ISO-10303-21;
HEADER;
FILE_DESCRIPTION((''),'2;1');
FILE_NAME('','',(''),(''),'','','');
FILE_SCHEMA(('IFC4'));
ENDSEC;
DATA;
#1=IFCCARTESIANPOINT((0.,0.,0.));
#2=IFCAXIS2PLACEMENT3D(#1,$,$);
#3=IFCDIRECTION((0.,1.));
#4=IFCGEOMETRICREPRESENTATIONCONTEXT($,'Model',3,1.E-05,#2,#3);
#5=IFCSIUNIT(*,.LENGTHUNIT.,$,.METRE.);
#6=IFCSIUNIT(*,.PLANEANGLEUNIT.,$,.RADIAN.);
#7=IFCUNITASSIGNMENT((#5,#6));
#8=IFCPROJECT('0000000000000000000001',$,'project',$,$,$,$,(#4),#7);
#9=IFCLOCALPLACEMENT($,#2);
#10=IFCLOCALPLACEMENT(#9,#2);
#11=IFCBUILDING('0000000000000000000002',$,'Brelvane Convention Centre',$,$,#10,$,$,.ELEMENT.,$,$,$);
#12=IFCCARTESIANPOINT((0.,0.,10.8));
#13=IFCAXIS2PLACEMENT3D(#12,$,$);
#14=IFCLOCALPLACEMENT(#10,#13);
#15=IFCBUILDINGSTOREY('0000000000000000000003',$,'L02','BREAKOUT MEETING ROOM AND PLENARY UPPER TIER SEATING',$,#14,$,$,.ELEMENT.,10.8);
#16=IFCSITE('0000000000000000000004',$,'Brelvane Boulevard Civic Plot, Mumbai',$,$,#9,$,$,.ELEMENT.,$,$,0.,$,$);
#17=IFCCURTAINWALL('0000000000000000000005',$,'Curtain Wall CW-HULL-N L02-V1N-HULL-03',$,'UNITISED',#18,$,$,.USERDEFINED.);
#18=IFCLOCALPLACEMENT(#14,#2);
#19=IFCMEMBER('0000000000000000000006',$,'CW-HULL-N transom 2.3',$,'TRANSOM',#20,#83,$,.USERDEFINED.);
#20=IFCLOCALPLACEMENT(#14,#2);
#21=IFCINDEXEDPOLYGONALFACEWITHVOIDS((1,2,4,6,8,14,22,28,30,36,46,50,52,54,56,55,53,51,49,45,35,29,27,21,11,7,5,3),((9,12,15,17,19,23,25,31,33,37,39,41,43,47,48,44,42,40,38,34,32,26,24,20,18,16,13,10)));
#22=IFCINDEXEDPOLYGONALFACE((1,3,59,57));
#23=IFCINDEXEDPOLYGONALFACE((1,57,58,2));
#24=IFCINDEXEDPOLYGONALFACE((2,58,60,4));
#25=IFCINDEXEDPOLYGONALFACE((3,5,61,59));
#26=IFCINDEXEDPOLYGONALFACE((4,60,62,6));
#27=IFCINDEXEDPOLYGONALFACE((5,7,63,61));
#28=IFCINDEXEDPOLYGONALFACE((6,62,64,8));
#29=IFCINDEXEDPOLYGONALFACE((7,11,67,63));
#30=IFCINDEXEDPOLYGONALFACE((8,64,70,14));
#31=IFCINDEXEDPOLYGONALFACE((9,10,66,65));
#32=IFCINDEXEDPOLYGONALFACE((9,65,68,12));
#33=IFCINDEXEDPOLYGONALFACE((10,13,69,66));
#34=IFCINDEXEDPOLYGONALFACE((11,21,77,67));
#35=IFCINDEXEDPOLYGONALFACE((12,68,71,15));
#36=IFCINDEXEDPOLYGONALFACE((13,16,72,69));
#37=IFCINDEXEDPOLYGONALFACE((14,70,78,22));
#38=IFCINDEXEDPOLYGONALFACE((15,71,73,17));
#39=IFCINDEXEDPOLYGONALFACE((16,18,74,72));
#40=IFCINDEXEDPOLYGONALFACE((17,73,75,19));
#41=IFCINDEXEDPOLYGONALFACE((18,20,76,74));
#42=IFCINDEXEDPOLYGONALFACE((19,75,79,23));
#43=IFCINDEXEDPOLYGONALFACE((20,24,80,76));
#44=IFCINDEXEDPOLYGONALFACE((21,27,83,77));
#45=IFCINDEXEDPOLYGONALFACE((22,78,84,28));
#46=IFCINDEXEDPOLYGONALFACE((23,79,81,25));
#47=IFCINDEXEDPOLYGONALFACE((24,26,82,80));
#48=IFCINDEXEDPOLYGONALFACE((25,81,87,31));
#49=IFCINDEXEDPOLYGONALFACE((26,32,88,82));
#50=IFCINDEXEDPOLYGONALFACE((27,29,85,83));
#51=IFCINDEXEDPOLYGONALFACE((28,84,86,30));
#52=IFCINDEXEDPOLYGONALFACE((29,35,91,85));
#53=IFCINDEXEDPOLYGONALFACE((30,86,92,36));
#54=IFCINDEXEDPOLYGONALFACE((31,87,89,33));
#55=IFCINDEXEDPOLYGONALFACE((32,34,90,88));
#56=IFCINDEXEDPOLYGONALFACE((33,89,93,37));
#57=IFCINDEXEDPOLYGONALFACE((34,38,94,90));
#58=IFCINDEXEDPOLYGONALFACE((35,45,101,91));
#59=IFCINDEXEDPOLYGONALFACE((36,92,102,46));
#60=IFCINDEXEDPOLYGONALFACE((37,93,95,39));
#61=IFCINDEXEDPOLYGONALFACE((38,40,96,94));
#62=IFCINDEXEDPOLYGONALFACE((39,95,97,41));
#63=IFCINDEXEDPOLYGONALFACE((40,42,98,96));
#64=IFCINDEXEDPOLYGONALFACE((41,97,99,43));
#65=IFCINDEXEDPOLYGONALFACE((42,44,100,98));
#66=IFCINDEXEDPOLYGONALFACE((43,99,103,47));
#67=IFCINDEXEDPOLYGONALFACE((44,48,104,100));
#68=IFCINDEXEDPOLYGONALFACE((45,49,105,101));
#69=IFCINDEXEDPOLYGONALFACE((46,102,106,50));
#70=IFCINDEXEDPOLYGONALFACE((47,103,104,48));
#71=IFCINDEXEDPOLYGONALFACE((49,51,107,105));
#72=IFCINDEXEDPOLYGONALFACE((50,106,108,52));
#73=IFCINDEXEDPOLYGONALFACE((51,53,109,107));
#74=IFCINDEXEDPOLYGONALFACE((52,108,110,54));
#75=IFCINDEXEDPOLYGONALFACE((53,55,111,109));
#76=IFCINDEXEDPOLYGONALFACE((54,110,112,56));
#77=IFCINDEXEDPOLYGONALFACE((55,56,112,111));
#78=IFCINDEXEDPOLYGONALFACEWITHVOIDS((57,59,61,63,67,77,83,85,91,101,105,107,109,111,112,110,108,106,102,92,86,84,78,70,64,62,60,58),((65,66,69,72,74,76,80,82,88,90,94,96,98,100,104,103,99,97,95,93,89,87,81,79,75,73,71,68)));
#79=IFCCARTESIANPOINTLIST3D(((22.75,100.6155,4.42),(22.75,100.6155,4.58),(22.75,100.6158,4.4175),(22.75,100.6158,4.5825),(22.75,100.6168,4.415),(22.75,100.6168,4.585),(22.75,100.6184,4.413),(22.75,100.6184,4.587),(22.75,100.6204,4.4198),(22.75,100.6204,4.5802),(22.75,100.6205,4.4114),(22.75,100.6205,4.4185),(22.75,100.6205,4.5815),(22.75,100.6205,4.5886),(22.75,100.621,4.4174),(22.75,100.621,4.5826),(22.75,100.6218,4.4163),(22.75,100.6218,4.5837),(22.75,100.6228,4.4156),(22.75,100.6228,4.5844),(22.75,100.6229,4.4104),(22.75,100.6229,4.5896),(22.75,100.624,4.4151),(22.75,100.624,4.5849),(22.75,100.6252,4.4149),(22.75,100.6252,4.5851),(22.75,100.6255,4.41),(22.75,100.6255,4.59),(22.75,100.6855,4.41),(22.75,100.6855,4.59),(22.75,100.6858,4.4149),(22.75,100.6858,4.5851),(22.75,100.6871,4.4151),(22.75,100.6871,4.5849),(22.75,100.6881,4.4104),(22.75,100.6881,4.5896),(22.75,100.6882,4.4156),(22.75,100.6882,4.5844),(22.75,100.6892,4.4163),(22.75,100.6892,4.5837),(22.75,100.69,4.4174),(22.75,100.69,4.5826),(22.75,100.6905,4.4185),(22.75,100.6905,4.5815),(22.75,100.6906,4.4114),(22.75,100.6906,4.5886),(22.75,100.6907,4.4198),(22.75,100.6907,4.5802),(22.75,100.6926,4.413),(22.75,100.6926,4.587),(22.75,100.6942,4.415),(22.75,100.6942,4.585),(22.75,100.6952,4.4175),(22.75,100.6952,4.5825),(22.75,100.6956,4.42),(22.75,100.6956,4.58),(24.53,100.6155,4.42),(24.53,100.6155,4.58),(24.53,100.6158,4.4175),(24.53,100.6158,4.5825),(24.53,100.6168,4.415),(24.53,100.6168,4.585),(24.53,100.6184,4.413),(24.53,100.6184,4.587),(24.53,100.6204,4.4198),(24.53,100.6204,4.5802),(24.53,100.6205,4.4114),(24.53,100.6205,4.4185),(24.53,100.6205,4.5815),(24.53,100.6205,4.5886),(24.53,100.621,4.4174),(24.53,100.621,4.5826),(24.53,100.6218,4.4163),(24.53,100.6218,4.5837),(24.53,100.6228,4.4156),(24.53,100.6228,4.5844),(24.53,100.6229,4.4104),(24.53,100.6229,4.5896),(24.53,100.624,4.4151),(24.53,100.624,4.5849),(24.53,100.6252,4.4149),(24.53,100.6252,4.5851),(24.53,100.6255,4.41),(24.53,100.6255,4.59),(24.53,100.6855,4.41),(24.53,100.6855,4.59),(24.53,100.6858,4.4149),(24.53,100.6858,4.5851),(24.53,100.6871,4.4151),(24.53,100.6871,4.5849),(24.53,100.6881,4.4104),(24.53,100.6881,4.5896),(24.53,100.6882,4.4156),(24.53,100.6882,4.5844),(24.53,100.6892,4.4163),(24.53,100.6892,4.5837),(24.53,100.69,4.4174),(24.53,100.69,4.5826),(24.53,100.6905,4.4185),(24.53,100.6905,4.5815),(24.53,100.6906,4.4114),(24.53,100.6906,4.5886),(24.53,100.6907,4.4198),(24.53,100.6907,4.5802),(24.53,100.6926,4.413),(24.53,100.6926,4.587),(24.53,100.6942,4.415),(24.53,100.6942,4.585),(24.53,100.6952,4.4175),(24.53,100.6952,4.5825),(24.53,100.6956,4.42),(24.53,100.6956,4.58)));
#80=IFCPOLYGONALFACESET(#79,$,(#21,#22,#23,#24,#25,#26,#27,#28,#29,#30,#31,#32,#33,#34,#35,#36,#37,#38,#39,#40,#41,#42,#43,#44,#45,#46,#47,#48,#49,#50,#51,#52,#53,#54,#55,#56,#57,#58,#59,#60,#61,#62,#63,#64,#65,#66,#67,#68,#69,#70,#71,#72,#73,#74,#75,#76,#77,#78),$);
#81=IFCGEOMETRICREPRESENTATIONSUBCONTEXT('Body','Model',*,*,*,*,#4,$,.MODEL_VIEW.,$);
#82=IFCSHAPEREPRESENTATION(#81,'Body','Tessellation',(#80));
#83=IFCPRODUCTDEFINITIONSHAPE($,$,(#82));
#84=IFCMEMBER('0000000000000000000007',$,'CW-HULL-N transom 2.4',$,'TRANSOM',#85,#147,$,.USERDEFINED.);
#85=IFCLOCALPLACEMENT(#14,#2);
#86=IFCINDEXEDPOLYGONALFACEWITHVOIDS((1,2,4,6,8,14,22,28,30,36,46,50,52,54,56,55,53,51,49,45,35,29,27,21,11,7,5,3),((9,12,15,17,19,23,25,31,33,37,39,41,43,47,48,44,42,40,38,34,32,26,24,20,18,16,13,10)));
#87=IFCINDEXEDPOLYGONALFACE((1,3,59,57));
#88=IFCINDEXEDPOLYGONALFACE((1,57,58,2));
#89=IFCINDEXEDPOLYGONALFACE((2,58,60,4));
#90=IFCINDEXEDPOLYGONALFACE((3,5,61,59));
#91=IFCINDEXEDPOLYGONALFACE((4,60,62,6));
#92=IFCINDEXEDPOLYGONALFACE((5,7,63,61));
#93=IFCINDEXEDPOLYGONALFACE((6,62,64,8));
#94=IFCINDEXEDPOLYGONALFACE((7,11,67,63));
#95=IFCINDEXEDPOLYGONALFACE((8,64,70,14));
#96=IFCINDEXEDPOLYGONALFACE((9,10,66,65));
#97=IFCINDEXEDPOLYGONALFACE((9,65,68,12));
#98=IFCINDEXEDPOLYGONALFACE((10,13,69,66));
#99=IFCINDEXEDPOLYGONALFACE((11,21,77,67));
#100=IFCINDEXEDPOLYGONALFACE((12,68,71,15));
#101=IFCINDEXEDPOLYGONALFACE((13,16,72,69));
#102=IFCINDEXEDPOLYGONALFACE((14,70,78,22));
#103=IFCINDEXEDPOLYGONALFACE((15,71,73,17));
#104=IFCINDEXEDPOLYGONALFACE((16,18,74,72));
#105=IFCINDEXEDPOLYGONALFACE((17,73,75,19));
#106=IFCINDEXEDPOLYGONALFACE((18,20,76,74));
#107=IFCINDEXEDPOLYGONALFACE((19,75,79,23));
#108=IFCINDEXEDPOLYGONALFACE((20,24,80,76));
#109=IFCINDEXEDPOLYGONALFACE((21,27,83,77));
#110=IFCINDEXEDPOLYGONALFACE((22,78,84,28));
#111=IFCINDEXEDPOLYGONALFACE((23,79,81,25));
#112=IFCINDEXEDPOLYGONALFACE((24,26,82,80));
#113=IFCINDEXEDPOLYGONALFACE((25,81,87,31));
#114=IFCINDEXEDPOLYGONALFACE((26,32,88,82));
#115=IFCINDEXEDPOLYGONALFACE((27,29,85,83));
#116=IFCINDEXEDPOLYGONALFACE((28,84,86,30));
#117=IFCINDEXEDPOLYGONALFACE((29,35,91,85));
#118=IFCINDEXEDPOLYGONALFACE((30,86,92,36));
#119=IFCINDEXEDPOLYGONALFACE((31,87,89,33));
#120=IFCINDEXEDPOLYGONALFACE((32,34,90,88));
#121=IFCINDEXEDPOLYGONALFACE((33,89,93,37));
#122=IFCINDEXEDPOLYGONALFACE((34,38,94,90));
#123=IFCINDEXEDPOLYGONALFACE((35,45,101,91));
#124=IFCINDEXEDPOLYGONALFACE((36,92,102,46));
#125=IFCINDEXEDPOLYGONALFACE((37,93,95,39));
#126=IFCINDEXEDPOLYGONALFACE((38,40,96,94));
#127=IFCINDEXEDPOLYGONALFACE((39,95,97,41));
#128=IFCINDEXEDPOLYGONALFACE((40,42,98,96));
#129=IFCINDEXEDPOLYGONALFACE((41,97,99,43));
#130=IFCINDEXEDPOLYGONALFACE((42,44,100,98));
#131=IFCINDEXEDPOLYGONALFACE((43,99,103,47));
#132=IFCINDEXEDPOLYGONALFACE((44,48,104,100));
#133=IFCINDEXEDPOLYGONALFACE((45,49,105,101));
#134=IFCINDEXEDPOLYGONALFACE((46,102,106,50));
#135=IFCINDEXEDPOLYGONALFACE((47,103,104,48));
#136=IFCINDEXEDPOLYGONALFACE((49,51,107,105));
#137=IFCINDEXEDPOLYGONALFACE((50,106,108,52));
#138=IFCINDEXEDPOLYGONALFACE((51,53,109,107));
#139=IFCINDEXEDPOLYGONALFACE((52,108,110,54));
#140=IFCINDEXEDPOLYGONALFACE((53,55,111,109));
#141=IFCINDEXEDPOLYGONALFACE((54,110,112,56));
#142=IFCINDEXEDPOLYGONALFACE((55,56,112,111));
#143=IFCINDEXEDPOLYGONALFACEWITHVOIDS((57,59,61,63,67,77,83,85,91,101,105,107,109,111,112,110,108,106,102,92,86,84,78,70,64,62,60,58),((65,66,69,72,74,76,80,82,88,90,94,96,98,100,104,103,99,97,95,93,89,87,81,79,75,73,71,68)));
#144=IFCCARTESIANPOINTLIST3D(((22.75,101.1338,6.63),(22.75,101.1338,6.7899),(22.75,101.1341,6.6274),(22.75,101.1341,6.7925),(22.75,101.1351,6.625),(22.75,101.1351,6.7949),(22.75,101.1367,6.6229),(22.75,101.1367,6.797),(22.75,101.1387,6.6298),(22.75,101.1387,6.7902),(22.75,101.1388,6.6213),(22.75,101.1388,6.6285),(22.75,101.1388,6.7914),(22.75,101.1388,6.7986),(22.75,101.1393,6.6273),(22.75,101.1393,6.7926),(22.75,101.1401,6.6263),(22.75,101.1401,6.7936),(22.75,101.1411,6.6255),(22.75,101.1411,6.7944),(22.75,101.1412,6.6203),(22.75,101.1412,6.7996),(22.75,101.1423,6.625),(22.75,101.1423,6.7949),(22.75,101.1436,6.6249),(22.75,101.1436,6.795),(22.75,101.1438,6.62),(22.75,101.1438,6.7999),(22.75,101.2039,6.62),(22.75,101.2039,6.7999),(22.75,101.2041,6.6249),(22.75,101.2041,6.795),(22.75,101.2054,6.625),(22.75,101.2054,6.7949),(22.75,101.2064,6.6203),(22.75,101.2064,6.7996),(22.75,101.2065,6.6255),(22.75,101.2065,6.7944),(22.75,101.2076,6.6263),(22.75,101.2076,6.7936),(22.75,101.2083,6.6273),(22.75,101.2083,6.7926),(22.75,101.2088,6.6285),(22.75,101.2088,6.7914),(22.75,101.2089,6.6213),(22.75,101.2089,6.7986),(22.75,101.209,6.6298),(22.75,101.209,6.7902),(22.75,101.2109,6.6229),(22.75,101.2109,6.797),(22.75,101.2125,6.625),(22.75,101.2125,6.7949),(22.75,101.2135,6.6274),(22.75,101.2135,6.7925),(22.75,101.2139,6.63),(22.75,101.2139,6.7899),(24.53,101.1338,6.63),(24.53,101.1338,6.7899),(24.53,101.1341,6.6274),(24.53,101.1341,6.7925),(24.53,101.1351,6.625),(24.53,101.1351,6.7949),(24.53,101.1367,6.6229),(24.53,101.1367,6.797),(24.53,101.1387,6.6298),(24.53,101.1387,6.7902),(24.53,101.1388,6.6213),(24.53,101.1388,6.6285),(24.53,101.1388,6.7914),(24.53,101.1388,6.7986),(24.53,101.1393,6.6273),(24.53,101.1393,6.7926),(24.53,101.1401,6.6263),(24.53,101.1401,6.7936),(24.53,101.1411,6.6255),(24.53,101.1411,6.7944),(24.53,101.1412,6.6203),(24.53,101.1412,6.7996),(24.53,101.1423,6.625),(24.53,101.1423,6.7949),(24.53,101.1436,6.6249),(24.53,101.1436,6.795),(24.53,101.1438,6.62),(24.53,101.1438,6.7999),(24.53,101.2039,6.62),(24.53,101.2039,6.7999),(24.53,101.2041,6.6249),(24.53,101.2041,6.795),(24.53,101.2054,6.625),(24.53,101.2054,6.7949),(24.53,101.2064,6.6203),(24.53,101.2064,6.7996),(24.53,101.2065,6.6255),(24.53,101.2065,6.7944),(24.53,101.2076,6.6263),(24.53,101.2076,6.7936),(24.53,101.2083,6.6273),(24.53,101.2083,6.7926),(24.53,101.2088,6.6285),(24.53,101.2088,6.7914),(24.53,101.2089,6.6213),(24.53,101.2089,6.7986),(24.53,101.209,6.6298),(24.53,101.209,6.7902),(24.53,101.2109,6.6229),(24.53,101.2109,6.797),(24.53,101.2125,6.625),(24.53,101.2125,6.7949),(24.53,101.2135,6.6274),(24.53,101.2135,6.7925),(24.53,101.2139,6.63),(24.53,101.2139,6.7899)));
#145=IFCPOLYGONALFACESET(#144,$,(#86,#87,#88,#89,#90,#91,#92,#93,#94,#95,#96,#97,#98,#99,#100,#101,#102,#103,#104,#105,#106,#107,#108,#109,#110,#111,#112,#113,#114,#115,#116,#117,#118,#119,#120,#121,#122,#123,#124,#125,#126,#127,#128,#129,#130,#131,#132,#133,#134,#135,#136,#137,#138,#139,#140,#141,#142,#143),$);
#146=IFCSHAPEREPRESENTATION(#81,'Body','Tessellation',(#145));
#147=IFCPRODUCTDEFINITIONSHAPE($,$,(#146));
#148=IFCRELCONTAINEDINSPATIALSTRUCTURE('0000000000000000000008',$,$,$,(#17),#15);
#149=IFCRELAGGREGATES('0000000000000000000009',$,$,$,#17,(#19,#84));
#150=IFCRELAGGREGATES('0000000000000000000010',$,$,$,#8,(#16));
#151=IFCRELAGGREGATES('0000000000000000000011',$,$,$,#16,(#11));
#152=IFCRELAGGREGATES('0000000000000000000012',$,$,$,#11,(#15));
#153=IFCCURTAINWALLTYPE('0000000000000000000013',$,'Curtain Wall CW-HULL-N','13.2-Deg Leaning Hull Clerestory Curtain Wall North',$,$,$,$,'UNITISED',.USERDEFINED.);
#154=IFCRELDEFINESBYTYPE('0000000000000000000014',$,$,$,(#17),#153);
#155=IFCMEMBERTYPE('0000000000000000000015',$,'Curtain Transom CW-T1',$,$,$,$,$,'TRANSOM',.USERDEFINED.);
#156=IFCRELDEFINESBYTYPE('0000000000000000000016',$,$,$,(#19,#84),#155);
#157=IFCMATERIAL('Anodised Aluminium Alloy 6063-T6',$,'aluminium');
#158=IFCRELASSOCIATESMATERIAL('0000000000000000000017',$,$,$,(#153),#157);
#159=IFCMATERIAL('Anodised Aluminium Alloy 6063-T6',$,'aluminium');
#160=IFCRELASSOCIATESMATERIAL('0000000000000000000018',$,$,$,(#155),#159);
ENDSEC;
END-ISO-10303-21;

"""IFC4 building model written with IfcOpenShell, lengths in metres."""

from ifc_helpers import new_model, si_unit, direction, frame, origin, origin_2d, place, context, subcontext, project, spatial, hollow_rectangle, extrude, material, material_profile, profile_set, type_object, element, aggregate, save


model = new_model("IFC4")

# Units and contexts
model_context = context("Model", 3, precision=1e-05, world=origin(), true_north=direction((0.0, 1.0)))
body_context = subcontext(model_context, "Body", "Model", "MODEL_VIEW")
ifc_project = project(units=[si_unit("LENGTHUNIT", "METRE"), si_unit("PLANEANGLEUNIT", "RADIAN")], contexts=[model_context])

# Site, building, storey
site_placement = place(None, origin())
site = spatial("IfcSite", under=ifc_project, at=site_placement, Name="Brelvane Boulevard Civic Plot, Mumbai", CompositionType="ELEMENT", RefElevation=0.0)
building_placement = place(site_placement, origin())
building = spatial("IfcBuilding", under=site, at=building_placement, Name="Brelvane Convention Centre", CompositionType="ELEMENT")
storey_placement = place(building_placement, frame((0.0, 0.0, 10.8)))
storey = spatial("IfcBuildingStorey", under=building, at=storey_placement, Name="L02", Description="BREAKOUT MEETING ROOM AND PLENARY UPPER TIER SEATING", CompositionType="ELEMENT", Elevation=10.8)

# Curtain wall
ifc_material_1 = material(Name="Anodised Aluminium Alloy 6063-T6", Category="aluminium")
curtain_wall_type_1 = type_object("IfcCurtainWallType", Name="Curtain Wall CW-HULL-N", Description="13.2-Deg Leaning Hull Clerestory Curtain Wall North", ElementType="UNITISED", PredefinedType="USERDEFINED", material=ifc_material_1)
curtain_wall_1_placement = place(storey_placement, origin())
curtain_wall_1 = element("IfcCurtainWall", 1, at=curtain_wall_1_placement, inside=storey, type_object=curtain_wall_type_1, Name="Curtain Wall CW-HULL-N L02-V1N-HULL-03", ObjectType="UNITISED", PredefinedType="USERDEFINED")

# Members
ifc_material_2 = material(Name="Anodised Aluminium Alloy 6063-T6", Category="aluminium")
ifc_material_profile_1 = material_profile(ifc_material_2, hollow_rectangle(XDim=0.0801, YDim=0.1799, WallThickness=0.0049, InnerFilletRadius=0.0049, OuterFilletRadius=0.01, at=origin_2d()), Name="ALU-T 180x80x5.0")
ifc_profile_set_1 = profile_set([ifc_material_profile_1], Name="Anodised Aluminium Alloy 6063-T6")
member_type_1 = type_object("IfcMemberType", Name="Curtain Transom CW-T1", ElementType="TRANSOM", PredefinedType="USERDEFINED", material=ifc_profile_set_1)
member_1_placement = place(storey_placement, frame((22.75, 100.6555, 4.5), z_axis=(1.0, 0.0, 0.0), x_axis=(0.0, 1.0, 0.0)))
member_1 = element("IfcMember", 2, at=member_1_placement, type_object=member_type_1, Name="CW-HULL-N transom 2.3", ObjectType="TRANSOM", PredefinedType="USERDEFINED", context=body_context, shape_type="SweptSolid", body=[
    extrude(hollow_rectangle(XDim=0.0801, YDim=0.1799, WallThickness=0.0049, InnerFilletRadius=0.0049, OuterFilletRadius=0.01, at=origin_2d()), origin(), (0.0, 0.0, 1.0), 1.78),
])
member_2_placement = place(storey_placement, frame((22.75, 101.1738, 6.71), z_axis=(1.0, 0.0, 0.0), x_axis=(0.0, 1.0, 0.0)))
member_2 = element("IfcMember", 3, at=member_2_placement, type_object=member_type_1, Name="CW-HULL-N transom 2.4", ObjectType="TRANSOM", PredefinedType="USERDEFINED", context=body_context, shape_type="SweptSolid", body=[
    extrude(hollow_rectangle(XDim=0.0801, YDim=0.1799, WallThickness=0.0049, InnerFilletRadius=0.0049, OuterFilletRadius=0.01, at=origin_2d()), origin(), (0.0, 0.0, 1.0), 1.78),
])

aggregate(curtain_wall_1, [member_1, member_2])

save(model, "model.ifc")
